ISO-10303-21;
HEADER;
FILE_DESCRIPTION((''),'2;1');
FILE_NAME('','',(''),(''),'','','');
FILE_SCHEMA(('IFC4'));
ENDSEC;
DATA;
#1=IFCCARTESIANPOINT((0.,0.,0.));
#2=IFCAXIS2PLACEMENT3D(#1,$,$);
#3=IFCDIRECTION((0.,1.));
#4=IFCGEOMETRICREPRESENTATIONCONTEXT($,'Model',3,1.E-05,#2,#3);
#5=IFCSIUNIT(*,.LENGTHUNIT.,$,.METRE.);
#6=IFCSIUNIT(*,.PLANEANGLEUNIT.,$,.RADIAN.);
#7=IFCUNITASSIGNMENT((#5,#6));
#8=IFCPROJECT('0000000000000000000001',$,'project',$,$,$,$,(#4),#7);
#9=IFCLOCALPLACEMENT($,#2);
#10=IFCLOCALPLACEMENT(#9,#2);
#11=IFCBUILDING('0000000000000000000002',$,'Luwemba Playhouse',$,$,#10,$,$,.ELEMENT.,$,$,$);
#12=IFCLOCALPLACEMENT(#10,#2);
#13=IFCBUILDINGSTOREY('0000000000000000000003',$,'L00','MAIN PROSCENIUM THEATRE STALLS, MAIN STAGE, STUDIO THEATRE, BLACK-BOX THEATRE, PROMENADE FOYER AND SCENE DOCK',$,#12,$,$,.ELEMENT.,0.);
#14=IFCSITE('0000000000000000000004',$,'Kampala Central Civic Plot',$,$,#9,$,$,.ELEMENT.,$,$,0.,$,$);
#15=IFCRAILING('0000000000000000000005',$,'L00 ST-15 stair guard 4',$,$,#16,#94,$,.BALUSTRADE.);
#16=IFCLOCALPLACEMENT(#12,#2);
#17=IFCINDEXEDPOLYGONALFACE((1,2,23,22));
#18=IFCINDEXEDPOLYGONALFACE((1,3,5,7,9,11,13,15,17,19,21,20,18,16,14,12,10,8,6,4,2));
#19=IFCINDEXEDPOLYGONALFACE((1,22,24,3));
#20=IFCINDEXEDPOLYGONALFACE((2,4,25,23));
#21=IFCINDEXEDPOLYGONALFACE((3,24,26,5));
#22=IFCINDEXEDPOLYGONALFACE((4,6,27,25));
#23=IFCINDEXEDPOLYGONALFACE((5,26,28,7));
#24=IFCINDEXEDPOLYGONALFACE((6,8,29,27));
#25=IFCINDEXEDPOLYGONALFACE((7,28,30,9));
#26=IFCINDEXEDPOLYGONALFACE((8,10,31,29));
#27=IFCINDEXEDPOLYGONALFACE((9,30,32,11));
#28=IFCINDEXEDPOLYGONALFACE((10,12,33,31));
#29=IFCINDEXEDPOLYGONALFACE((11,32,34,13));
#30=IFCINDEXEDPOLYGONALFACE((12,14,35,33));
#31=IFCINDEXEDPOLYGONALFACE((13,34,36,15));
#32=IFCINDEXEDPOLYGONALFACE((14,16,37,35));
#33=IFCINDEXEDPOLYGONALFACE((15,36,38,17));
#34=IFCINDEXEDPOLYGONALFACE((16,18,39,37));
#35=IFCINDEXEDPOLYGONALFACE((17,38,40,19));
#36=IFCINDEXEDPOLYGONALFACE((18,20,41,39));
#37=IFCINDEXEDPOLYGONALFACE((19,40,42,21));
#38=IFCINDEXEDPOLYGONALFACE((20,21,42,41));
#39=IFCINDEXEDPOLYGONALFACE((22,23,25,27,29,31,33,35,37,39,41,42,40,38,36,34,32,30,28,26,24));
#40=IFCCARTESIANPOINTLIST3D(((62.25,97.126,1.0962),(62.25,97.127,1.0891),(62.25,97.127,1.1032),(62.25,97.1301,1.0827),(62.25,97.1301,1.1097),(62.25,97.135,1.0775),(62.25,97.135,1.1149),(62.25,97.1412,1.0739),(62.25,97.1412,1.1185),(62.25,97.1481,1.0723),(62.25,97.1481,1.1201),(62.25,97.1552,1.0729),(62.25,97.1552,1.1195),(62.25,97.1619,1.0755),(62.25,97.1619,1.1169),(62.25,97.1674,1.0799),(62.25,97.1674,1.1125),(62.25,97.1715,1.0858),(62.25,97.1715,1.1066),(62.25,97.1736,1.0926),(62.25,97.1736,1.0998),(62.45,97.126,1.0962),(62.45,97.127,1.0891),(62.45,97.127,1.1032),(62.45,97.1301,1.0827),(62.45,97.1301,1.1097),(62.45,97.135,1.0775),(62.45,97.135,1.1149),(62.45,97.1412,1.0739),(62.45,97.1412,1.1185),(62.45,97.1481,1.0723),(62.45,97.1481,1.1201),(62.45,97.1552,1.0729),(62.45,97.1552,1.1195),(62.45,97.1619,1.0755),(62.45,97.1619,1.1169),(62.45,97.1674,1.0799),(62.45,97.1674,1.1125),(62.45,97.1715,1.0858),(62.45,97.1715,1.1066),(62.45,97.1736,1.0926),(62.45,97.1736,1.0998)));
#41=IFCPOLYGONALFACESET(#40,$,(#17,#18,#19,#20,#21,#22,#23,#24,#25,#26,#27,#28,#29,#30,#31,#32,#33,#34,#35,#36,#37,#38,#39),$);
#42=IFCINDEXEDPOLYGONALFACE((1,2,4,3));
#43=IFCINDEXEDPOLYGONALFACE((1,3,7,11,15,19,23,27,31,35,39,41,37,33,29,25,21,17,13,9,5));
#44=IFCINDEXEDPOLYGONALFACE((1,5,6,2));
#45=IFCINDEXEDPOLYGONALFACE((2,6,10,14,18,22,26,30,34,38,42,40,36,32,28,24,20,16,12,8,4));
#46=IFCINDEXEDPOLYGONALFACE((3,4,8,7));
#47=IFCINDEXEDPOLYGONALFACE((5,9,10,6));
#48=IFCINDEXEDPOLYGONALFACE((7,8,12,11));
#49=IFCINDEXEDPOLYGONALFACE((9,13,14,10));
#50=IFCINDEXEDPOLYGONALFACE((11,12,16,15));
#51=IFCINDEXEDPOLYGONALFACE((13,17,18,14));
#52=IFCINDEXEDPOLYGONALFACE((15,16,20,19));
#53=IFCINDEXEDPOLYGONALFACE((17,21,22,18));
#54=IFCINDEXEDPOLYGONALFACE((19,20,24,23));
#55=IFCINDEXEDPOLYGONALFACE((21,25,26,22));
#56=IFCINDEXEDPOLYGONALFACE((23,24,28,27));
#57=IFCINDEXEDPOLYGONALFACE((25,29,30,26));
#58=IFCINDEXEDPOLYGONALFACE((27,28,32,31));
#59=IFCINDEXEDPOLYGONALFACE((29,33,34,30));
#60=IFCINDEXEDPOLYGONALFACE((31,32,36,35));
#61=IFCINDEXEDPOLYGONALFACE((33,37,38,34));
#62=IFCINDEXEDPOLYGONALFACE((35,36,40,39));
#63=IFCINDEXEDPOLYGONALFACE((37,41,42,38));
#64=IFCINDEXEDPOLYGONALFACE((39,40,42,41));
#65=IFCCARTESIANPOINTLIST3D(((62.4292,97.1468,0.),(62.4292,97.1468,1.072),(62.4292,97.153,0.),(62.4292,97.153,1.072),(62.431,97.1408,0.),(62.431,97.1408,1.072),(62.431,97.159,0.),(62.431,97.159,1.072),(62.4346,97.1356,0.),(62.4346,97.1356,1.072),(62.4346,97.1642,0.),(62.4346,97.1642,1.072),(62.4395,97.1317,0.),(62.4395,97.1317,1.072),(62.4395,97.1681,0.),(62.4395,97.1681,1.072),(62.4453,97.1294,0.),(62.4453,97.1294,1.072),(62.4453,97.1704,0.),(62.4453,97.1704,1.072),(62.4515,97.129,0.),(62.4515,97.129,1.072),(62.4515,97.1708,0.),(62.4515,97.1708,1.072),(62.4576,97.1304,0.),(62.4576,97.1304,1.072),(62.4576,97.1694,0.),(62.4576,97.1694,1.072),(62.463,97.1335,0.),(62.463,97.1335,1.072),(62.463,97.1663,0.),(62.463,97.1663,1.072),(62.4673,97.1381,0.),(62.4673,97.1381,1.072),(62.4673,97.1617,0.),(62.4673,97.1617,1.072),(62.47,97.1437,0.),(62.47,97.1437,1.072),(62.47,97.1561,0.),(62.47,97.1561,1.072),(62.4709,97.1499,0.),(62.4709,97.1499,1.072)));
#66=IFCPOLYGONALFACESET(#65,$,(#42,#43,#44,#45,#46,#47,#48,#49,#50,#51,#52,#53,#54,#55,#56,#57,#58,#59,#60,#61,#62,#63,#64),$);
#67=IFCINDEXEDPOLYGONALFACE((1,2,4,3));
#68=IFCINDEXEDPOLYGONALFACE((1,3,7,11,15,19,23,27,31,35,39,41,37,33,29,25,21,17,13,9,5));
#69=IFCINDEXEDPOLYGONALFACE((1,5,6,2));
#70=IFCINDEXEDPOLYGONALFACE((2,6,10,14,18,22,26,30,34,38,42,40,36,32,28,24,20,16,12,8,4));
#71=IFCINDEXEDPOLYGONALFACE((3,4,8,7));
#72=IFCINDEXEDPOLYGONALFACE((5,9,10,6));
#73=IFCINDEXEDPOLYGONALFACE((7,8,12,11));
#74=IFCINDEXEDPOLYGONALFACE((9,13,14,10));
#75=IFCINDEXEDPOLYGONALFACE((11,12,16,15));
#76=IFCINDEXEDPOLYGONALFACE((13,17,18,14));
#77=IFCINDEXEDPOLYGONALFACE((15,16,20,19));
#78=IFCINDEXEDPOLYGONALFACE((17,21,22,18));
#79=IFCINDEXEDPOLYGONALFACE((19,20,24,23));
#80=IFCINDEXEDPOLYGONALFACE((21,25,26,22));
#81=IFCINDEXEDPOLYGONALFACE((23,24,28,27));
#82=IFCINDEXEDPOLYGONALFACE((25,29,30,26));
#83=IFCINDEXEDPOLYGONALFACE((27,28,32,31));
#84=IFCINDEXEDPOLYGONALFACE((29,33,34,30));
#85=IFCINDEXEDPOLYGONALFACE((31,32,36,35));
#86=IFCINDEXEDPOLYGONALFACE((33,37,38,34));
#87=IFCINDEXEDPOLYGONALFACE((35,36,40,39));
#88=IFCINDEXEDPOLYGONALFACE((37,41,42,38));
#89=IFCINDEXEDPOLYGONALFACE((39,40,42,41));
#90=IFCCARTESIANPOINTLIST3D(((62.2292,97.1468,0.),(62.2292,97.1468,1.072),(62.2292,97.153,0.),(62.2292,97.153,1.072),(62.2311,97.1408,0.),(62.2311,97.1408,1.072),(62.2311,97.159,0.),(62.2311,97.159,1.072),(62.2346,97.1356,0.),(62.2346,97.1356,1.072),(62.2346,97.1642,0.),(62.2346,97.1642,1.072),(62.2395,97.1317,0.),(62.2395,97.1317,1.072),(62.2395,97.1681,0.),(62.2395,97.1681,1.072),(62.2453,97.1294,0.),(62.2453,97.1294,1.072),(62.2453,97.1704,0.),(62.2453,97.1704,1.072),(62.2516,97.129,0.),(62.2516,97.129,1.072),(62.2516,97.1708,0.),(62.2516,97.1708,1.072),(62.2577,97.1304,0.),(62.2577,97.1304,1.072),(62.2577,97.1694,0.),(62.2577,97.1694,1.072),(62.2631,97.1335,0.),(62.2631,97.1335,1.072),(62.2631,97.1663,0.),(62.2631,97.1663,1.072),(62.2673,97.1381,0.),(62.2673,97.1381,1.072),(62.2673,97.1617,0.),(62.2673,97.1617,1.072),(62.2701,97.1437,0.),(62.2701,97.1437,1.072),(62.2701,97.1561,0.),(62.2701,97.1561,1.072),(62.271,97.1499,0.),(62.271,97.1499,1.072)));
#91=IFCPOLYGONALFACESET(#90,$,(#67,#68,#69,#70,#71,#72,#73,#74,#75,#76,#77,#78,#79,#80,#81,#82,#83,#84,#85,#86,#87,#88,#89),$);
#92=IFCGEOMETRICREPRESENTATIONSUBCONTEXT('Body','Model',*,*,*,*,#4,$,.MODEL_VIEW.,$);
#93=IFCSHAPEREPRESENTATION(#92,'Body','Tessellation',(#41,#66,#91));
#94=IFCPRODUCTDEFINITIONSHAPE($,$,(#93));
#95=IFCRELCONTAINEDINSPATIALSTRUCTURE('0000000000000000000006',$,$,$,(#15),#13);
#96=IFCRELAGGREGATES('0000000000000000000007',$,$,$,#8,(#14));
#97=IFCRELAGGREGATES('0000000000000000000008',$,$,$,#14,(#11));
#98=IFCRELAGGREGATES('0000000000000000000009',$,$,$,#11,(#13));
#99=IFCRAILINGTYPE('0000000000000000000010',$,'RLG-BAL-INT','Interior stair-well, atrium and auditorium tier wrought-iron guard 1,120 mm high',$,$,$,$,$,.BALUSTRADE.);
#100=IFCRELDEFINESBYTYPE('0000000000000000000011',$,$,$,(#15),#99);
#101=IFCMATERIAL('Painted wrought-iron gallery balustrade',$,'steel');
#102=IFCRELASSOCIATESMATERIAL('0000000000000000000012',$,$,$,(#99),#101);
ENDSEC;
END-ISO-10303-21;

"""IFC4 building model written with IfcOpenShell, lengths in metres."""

from ifc_helpers import new_model, si_unit, direction, frame, origin, origin_2d, place, context, subcontext, project, spatial, circle, extrude, material, type_object, element, save


model = new_model("IFC4")

# Units and contexts
model_context = context("Model", 3, precision=1e-05, world=origin(), true_north=direction((0.0, 1.0)))
body_context = subcontext(model_context, "Body", "Model", "MODEL_VIEW")
ifc_project = project(units=[si_unit("LENGTHUNIT", "METRE"), si_unit("PLANEANGLEUNIT", "RADIAN")], contexts=[model_context])

# Site, building, storey
site_placement = place(None, origin())
site = spatial("IfcSite", under=ifc_project, at=site_placement, Name="Kampala Central Civic Plot", CompositionType="ELEMENT", RefElevation=0.0)
building_placement = place(site_placement, origin())
building = spatial("IfcBuilding", under=site, at=building_placement, Name="Luwemba Playhouse", CompositionType="ELEMENT")
storey_placement = place(building_placement, origin())
storey = spatial("IfcBuildingStorey", under=building, at=storey_placement, Name="L00", Description="MAIN PROSCENIUM THEATRE STALLS, MAIN STAGE, STUDIO THEATRE, BLACK-BOX THEATRE, PROMENADE FOYER AND SCENE DOCK", CompositionType="ELEMENT", Elevation=0.0)

# Railing
ifc_material_1 = material(Name="Painted wrought-iron gallery balustrade", Category="steel")
railing_type_1 = type_object("IfcRailingType", Name="RLG-BAL-INT", Description="Interior stair-well, atrium and auditorium tier wrought-iron guard 1,120 mm high", PredefinedType="BALUSTRADE", material=ifc_material_1)
railing_1_placement = place(storey_placement, frame((62.45, 97.1499, 0.0)))
element("IfcRailing", 1, at=railing_1_placement, inside=storey, type_object=railing_type_1, Name="L00 ST-15 stair guard 4", PredefinedType="BALUSTRADE", context=body_context, shape_type="SweptSolid", body=[
    extrude(circle(Radius=0.0239, at=origin_2d()), frame((0.0, 0.0, 1.0962), z_axis=(-1.0, 0.0, 0.0), x_axis=(0.0, -1.0, 0.0)), (0.0, 0.0, 1.0), 0.2),
    extrude(circle(Radius=0.021, at=origin_2d()), origin(), (0.0, 0.0, 1.0), 1.072),
    extrude(circle(Radius=0.021, at=origin_2d()), frame((-0.2, 0.0, 0.0)), (0.0, 0.0, 1.0), 1.072),
])

save(model, "model.ifc")
